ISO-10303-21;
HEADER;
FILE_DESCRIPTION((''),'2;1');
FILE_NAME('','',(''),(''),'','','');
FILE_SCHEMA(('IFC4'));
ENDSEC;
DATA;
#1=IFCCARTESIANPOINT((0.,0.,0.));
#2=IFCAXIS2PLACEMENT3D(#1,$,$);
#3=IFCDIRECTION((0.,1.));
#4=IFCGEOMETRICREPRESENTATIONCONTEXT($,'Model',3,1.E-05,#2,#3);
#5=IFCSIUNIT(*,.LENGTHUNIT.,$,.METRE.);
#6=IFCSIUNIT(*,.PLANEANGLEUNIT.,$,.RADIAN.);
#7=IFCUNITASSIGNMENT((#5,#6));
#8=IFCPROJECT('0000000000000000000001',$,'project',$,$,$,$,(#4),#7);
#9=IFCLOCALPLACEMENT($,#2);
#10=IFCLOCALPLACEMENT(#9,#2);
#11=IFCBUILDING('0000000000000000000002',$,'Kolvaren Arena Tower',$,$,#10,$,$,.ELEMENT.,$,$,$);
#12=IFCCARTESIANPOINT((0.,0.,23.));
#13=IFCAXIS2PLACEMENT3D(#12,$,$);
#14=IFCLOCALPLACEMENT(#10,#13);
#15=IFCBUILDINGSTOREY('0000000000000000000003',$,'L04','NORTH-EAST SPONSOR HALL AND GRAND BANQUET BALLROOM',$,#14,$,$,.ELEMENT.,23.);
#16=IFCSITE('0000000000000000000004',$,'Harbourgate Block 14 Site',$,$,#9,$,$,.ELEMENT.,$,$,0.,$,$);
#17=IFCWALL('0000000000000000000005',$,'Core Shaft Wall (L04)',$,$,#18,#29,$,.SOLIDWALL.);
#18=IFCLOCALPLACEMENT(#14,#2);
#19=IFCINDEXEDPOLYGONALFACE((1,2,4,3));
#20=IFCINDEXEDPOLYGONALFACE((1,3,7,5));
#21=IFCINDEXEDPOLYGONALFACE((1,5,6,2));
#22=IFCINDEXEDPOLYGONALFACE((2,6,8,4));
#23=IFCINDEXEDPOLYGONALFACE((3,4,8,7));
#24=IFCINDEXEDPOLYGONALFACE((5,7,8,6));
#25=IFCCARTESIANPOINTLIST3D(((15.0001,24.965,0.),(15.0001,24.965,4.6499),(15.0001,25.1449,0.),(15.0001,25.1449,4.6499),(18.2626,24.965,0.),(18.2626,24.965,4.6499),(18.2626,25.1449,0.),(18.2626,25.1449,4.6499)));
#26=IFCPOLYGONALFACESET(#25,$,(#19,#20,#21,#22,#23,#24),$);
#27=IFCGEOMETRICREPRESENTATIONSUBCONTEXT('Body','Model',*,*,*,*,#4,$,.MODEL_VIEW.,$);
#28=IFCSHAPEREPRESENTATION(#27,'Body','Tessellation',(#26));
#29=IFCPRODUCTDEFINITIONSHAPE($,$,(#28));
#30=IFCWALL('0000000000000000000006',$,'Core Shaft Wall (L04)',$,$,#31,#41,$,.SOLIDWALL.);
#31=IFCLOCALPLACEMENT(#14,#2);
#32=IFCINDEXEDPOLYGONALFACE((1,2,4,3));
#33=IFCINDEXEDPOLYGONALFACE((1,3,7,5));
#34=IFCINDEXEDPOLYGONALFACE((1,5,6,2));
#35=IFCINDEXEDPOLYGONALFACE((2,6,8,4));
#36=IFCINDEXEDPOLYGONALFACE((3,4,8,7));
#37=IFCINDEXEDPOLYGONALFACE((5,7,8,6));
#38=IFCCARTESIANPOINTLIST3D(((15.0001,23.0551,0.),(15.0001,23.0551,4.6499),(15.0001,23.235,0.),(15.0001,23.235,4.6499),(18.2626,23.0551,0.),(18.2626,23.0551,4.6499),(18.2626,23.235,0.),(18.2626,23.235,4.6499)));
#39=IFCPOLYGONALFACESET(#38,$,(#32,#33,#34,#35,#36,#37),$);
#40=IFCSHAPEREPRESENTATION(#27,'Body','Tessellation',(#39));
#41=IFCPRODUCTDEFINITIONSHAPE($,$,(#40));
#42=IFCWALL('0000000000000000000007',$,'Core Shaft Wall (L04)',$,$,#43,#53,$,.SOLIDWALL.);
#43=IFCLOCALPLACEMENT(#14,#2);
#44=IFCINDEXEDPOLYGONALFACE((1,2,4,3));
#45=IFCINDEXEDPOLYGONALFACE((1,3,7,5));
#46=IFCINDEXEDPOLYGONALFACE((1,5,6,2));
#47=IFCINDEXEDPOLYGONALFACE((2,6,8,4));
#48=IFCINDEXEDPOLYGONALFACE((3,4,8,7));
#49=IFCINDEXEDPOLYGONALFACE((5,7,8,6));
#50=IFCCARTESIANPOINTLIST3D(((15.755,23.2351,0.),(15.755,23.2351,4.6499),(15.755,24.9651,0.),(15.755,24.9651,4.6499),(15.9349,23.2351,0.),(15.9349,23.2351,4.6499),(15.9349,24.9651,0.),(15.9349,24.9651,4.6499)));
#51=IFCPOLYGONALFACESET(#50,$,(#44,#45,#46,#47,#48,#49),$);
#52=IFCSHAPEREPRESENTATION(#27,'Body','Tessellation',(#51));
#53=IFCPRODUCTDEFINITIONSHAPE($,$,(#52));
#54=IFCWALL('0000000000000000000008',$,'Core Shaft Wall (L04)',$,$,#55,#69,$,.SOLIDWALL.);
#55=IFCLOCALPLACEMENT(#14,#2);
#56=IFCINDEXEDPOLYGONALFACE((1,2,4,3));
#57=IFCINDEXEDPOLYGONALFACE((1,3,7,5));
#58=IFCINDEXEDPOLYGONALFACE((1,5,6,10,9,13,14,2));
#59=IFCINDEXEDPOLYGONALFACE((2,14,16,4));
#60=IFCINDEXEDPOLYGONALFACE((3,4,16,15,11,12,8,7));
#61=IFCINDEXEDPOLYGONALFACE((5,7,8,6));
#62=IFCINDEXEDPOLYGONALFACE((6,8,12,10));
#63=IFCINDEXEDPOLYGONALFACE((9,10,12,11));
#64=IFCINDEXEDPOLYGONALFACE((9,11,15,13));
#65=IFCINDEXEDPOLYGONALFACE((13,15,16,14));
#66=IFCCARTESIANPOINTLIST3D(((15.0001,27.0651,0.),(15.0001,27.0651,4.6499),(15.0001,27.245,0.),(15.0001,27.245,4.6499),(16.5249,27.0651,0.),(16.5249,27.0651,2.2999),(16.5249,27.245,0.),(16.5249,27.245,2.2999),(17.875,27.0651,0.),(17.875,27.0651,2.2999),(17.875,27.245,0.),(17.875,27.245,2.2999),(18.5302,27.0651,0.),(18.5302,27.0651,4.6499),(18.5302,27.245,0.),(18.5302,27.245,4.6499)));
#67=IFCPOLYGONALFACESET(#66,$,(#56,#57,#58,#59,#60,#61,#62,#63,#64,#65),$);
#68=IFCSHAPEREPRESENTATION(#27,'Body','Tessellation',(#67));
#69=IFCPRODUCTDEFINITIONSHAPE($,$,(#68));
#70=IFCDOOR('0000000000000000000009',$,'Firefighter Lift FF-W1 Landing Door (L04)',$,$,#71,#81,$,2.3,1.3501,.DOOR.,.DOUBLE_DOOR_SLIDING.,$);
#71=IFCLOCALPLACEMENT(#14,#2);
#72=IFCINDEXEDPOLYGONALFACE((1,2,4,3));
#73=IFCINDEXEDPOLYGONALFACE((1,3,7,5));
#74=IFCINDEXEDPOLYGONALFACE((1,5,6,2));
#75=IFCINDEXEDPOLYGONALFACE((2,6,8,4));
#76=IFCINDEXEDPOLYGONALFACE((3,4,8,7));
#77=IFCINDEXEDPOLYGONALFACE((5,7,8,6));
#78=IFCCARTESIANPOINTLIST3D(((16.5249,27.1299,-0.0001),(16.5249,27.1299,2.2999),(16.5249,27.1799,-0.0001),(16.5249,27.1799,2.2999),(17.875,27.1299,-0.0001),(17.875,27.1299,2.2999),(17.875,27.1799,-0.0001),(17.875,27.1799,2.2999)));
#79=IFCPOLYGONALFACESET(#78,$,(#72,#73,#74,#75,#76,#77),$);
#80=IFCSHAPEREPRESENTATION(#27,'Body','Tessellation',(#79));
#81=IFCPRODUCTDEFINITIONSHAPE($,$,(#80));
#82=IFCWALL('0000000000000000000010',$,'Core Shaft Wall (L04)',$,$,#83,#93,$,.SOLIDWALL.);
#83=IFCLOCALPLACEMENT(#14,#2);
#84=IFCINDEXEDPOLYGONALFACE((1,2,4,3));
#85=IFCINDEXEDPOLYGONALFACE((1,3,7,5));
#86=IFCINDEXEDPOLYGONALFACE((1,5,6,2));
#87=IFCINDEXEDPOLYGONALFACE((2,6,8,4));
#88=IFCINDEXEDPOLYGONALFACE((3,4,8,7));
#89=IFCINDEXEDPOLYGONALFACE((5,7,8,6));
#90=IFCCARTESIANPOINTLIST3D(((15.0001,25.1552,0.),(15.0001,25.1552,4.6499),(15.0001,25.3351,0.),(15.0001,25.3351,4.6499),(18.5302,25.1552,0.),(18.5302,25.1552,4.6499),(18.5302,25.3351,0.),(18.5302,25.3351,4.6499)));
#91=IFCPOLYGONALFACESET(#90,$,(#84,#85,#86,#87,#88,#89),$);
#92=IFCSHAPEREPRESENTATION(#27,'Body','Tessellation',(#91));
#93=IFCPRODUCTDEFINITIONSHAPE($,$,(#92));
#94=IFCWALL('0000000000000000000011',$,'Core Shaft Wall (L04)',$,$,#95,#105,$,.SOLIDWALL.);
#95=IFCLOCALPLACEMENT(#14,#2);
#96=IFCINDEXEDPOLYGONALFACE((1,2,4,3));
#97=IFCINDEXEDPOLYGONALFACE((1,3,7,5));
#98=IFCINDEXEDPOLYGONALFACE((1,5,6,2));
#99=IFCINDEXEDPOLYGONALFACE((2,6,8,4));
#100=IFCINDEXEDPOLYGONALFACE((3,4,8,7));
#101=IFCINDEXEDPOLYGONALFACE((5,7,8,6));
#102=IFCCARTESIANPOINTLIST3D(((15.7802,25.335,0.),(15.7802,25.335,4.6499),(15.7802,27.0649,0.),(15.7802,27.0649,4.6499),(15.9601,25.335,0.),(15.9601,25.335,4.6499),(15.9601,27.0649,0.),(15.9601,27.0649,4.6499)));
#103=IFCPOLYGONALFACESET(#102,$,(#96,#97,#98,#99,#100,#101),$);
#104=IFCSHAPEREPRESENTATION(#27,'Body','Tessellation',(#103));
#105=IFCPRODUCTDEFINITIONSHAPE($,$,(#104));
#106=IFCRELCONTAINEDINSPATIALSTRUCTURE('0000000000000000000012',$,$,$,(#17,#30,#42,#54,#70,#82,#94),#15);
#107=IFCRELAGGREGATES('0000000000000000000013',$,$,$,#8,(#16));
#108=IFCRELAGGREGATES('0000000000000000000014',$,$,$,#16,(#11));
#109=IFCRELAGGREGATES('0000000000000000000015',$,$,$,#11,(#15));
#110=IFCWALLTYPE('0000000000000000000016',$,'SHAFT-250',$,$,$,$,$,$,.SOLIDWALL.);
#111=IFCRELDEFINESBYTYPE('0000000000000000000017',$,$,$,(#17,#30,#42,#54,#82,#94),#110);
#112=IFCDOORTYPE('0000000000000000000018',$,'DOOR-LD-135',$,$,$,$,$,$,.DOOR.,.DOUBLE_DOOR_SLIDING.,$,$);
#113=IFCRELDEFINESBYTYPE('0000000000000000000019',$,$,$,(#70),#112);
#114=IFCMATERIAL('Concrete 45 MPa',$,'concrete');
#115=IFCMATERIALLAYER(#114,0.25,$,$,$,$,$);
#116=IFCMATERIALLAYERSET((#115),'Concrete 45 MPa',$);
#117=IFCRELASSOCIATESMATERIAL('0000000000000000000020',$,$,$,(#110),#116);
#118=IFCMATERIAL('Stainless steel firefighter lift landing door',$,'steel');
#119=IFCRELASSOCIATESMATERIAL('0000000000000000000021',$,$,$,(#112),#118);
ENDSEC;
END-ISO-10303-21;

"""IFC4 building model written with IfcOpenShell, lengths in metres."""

from ifc_helpers import new_model, si_unit, direction, frame, frame_2d, origin, place, context, subcontext, project, spatial, rectangle, extrude, material, layer, layer_set, type_object, element, fill, save


model = new_model("IFC4")

# Units and contexts
model_context = context("Model", 3, precision=1e-05, world=origin(), true_north=direction((0.0, 1.0)))
body_context = subcontext(model_context, "Body", "Model", "MODEL_VIEW")
ifc_project = project(units=[si_unit("LENGTHUNIT", "METRE"), si_unit("PLANEANGLEUNIT", "RADIAN")], contexts=[model_context])

# Site, building, storey
site_placement = place(None, origin())
site = spatial("IfcSite", under=ifc_project, at=site_placement, Name="Harbourgate Block 14 Site", CompositionType="ELEMENT", RefElevation=0.0)
building_placement = place(site_placement, origin())
building = spatial("IfcBuilding", under=site, at=building_placement, Name="Kolvaren Arena Tower", CompositionType="ELEMENT")
storey_placement = place(building_placement, frame((0.0, 0.0, 23.0)))
storey = spatial("IfcBuildingStorey", under=building, at=storey_placement, Name="L04", Description="NORTH-EAST SPONSOR HALL AND GRAND BANQUET BALLROOM", CompositionType="ELEMENT", Elevation=23.0)

# Walls
ifc_material_1 = material(Name="Concrete 45 MPa", Category="concrete")
ifc_layer_1 = layer(ifc_material_1, 0.25)
ifc_layer_set_1 = layer_set([ifc_layer_1], Name="Concrete 45 MPa")
wall_type_1 = type_object("IfcWallType", Name="SHAFT-250", PredefinedType="SOLIDWALL", material=ifc_layer_set_1)
for number, where, z_axis, x_axis, name in (
    (1, (15.0, 25.0549, 0.0), (0.0, 0.0, 1.0), (1.0, 0.0, 0.0), "Core Shaft Wall (L04)"),
    (2, (15.0, 23.145, 0.0), (0.0, 0.0, 1.0), (1.0, 0.0, 0.0), "Core Shaft Wall (L04)"),
):
    element("IfcWall", number, at=place(storey_placement, frame(where, z_axis=z_axis, x_axis=x_axis)), inside=storey, type_object=wall_type_1, Name=name, PredefinedType="SOLIDWALL", context=body_context, shape_type="SweptSolid", body=[
        extrude(rectangle(XDim=3.2625, YDim=0.1799, at=frame_2d((1.6313, 0.0))), origin(), (0.0, 0.0, 1.0), 4.6499),
    ])
wall_1_placement = place(storey_placement, frame((15.845, 23.2351, 0.0), z_axis=(0.0, 0.0, 1.0), x_axis=(0.0, 1.0, 0.0)))
element("IfcWall", 3, at=wall_1_placement, inside=storey, type_object=wall_type_1, Name="Core Shaft Wall (L04)", PredefinedType="SOLIDWALL", context=body_context, shape_type="SweptSolid", body=[
    extrude(rectangle(XDim=1.73, YDim=0.1799, at=frame_2d((0.865, 0.0))), origin(), (0.0, 0.0, 1.0), 4.6499),
])

# Wall, opening, door
wall_2_placement = place(storey_placement, frame((15.0, 27.155, 0.0), z_axis=(0.0, 0.0, 1.0), x_axis=(1.0, 0.0, 0.0)))
wall_2 = element("IfcWall", 4, at=wall_2_placement, inside=storey, type_object=wall_type_1, Name="Core Shaft Wall (L04)", PredefinedType="SOLIDWALL", context=body_context, shape_type="SweptSolid", body=[
    extrude(rectangle(XDim=3.53, YDim=0.1799, at=frame_2d((1.7651, 0.0))), origin(), (0.0, 0.0, 1.0), 4.6499),
])
opening_1_placement = place(wall_2_placement, frame((1.5249, 0.0, 0.0)))
opening_1 = element("IfcOpeningElement", 5, at=opening_1_placement, cuts=wall_2, PredefinedType="OPENING", context=body_context, shape_type="SweptSolid", body=[
    extrude(rectangle(XDim=1.3501, YDim=2.3, at=frame_2d((0.675, 1.1499))), frame((0.0, 0.0999, 0.0), z_axis=(0.0, -1.0, 0.0), x_axis=(1.0, 0.0, 0.0)), (0.0, 0.0, 1.0), 0.2),
])
ifc_material_2 = material(Name="Stainless steel firefighter lift landing door", Category="steel")
door_type_1 = type_object("IfcDoorType", Name="DOOR-LD-135", OperationType="DOUBLE_DOOR_SLIDING", PredefinedType="DOOR", material=ifc_material_2)
door_1_placement = place(opening_1_placement, origin())
door_1 = element("IfcDoor", 6, at=door_1_placement, inside=storey, type_object=door_type_1, Name="Firefighter Lift FF-W1 Landing Door (L04)", OperationType="DOUBLE_DOOR_SLIDING", OverallHeight=2.3, OverallWidth=1.3501, PredefinedType="DOOR", context=body_context, shape_type="SweptSolid", body=[
    extrude(rectangle(XDim=1.3501, YDim=2.3, at=frame_2d((0.675, 1.1499))), frame((0.0, 0.0249, 0.0), z_axis=(0.0, -1.0, 0.0), x_axis=(1.0, 0.0, 0.0)), (0.0, 0.0, 1.0), 0.05),
])
fill(opening_1, door_1)

# Walls
wall_3_placement = place(storey_placement, frame((15.0, 25.2451, 0.0), z_axis=(0.0, 0.0, 1.0), x_axis=(1.0, 0.0, 0.0)))
element("IfcWall", 7, at=wall_3_placement, inside=storey, type_object=wall_type_1, Name="Core Shaft Wall (L04)", PredefinedType="SOLIDWALL", context=body_context, shape_type="SweptSolid", body=[
    extrude(rectangle(XDim=3.53, YDim=0.1799, at=frame_2d((1.7651, 0.0))), origin(), (0.0, 0.0, 1.0), 4.6499),
])
wall_4_placement = place(storey_placement, frame((15.8701, 25.335, 0.0), z_axis=(0.0, 0.0, 1.0), x_axis=(0.0, 1.0, 0.0)))
element("IfcWall", 8, at=wall_4_placement, inside=storey, type_object=wall_type_1, Name="Core Shaft Wall (L04)", PredefinedType="SOLIDWALL", context=body_context, shape_type="SweptSolid", body=[
    extrude(rectangle(XDim=1.73, YDim=0.1799, at=frame_2d((0.865, 0.0))), origin(), (0.0, 0.0, 1.0), 4.6499),
])

save(model, "model.ifc")
